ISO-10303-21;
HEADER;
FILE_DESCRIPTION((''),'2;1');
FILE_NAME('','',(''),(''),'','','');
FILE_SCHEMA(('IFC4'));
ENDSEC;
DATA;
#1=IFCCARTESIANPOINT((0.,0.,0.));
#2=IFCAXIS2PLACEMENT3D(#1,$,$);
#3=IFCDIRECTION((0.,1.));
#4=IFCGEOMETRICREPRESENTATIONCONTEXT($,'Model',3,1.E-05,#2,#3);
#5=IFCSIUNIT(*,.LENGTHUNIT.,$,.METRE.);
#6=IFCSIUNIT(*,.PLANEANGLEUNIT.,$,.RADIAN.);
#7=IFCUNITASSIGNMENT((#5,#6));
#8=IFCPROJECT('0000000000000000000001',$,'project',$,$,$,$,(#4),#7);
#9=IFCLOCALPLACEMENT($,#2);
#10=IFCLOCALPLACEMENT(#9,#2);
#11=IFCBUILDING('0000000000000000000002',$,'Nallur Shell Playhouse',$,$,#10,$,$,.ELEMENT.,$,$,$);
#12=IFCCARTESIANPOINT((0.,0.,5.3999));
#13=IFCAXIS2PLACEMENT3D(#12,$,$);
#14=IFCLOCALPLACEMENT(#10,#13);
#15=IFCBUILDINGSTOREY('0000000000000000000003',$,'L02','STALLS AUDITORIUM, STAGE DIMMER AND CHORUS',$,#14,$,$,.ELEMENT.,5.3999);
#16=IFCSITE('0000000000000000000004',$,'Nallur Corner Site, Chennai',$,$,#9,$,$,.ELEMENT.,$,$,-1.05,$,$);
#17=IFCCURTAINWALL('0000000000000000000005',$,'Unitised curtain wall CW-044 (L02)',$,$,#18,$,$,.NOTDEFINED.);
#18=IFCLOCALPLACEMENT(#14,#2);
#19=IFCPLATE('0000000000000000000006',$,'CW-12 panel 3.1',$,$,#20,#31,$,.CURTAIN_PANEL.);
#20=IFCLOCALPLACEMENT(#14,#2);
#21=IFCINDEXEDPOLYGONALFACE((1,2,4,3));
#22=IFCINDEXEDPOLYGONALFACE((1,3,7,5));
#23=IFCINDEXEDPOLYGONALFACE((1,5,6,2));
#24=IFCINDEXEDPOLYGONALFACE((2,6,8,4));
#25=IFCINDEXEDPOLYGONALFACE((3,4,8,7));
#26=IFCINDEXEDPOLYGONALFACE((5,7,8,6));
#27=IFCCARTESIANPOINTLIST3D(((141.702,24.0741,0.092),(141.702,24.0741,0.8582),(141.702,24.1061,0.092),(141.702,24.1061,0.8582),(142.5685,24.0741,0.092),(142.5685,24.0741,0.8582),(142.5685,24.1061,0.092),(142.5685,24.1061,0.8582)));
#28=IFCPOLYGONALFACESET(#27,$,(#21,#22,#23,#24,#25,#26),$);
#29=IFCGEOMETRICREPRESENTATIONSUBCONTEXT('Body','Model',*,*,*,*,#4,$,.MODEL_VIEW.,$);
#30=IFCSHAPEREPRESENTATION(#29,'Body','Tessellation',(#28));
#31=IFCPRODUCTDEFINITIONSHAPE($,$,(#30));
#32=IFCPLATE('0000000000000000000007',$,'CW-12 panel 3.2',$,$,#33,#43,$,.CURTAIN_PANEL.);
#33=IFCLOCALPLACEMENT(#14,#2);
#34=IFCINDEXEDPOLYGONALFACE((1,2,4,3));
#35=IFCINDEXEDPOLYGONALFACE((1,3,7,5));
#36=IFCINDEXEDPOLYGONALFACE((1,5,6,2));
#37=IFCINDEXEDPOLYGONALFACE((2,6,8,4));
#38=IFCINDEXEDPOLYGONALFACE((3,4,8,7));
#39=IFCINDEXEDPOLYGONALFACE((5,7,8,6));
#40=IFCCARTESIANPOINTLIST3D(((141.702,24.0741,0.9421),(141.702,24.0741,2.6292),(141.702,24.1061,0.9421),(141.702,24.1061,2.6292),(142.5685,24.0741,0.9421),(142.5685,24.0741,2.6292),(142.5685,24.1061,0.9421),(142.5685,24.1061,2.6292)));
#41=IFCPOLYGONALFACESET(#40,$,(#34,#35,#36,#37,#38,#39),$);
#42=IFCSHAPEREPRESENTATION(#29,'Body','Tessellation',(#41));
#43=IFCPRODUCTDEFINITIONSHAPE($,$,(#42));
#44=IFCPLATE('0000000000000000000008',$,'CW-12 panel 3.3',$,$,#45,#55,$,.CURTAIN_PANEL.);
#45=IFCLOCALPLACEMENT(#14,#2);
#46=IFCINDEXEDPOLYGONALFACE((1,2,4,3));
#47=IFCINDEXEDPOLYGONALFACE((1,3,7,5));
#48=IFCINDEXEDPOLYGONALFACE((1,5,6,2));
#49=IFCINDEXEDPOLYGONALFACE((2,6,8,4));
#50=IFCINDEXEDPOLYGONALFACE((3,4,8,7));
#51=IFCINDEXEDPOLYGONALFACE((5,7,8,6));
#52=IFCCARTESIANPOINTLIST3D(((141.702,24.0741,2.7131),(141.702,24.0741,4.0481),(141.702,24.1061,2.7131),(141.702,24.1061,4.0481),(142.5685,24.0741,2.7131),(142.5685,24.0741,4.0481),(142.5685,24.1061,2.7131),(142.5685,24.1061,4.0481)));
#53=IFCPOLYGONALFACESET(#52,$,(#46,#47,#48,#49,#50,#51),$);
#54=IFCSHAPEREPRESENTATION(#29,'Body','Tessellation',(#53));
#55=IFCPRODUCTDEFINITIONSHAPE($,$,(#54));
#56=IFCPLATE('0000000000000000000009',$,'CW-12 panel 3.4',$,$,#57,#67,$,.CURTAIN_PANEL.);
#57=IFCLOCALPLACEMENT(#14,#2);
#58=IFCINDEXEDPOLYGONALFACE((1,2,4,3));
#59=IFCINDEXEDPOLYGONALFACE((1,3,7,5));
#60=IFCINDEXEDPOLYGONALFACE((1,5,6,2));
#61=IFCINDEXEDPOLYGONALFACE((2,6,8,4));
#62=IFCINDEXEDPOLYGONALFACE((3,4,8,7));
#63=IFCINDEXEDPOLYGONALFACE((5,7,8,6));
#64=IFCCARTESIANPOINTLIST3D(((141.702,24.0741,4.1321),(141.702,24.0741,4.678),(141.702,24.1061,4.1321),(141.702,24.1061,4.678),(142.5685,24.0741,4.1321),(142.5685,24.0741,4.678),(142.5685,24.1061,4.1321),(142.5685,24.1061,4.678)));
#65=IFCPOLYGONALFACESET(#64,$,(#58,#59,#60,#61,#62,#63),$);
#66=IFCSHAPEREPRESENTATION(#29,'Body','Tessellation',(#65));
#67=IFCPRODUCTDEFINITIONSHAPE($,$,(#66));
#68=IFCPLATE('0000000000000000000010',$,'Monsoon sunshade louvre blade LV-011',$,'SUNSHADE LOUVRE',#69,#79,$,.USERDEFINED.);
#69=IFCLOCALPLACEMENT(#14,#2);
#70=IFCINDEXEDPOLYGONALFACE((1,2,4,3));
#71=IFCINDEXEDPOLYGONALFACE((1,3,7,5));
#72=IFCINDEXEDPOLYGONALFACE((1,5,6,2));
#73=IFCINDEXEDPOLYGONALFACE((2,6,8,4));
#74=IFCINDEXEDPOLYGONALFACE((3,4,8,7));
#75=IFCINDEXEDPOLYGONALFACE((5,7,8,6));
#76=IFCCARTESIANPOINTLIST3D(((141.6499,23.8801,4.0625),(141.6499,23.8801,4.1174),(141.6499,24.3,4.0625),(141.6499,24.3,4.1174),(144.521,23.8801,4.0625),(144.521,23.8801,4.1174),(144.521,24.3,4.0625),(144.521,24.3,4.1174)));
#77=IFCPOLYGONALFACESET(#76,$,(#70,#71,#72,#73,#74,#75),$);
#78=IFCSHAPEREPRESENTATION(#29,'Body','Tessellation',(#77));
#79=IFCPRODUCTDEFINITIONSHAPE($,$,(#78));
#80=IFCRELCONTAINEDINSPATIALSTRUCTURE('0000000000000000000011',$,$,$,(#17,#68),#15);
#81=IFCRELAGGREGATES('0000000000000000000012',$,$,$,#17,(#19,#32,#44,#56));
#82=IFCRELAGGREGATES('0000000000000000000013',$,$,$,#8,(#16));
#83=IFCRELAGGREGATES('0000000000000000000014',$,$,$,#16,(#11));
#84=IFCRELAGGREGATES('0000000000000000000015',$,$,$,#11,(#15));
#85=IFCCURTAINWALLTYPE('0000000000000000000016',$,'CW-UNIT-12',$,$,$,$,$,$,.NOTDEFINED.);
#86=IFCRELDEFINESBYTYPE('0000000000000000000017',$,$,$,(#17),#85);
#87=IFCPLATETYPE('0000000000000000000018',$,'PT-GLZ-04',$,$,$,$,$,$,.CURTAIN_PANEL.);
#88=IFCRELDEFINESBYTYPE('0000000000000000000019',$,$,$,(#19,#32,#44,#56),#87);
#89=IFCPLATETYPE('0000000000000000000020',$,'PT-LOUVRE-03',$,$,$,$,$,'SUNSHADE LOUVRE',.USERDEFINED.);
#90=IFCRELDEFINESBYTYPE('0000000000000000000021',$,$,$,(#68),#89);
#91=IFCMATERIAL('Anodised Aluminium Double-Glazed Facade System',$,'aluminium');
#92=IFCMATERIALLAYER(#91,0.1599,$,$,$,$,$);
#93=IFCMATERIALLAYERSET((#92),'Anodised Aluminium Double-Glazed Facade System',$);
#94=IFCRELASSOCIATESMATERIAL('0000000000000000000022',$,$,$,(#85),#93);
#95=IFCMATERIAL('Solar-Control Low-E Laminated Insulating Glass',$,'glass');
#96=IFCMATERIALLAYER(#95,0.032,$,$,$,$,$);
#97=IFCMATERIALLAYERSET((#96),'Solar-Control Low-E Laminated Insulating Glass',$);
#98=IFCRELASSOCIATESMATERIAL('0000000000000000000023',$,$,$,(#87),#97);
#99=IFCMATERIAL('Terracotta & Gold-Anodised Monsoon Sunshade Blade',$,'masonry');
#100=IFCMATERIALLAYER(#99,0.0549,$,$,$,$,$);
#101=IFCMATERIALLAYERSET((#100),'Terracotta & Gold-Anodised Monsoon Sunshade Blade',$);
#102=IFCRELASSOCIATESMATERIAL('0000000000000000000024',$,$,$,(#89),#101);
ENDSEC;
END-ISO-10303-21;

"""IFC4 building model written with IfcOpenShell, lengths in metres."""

from ifc_helpers import new_model, si_unit, direction, frame, origin, origin_2d, place, context, subcontext, project, spatial, rectangle, extrude, material, layer, layer_set, type_object, element, aggregate, save


model = new_model("IFC4")

# Units and contexts
model_context = context("Model", 3, precision=1e-05, world=origin(), true_north=direction((0.0, 1.0)))
body_context = subcontext(model_context, "Body", "Model", "MODEL_VIEW")
ifc_project = project(units=[si_unit("LENGTHUNIT", "METRE"), si_unit("PLANEANGLEUNIT", "RADIAN")], contexts=[model_context])

# Site, building, storey
site_placement = place(None, origin())
site = spatial("IfcSite", under=ifc_project, at=site_placement, Name="Nallur Corner Site, Chennai", CompositionType="ELEMENT", RefElevation=-1.05)
building_placement = place(site_placement, origin())
building = spatial("IfcBuilding", under=site, at=building_placement, Name="Nallur Shell Playhouse", CompositionType="ELEMENT")
storey_placement = place(building_placement, frame((0.0, 0.0, 5.3999)))
storey = spatial("IfcBuildingStorey", under=building, at=storey_placement, Name="L02", Description="STALLS AUDITORIUM, STAGE DIMMER AND CHORUS", CompositionType="ELEMENT", Elevation=5.3999)

# Curtain wall
ifc_material_1 = material(Name="Anodised Aluminium Double-Glazed Facade System", Category="aluminium")
ifc_layer_1 = layer(ifc_material_1, 0.1599)
ifc_layer_set_1 = layer_set([ifc_layer_1], Name="Anodised Aluminium Double-Glazed Facade System")
curtain_wall_type_1 = type_object("IfcCurtainWallType", Name="CW-UNIT-12", PredefinedType="NOTDEFINED", material=ifc_layer_set_1)
curtain_wall_1_placement = place(storey_placement, origin())
curtain_wall_1 = element("IfcCurtainWall", 1, at=curtain_wall_1_placement, inside=storey, type_object=curtain_wall_type_1, Name="Unitised curtain wall CW-044 (L02)", PredefinedType="NOTDEFINED")

# Plates
ifc_material_2 = material(Name="Solar-Control Low-E Laminated Insulating Glass", Category="glass")
ifc_layer_2 = layer(ifc_material_2, 0.032)
ifc_layer_set_2 = layer_set([ifc_layer_2], Name="Solar-Control Low-E Laminated Insulating Glass")
plate_type_1 = type_object("IfcPlateType", Name="PT-GLZ-04", PredefinedType="CURTAIN_PANEL", material=ifc_layer_set_2)
plate_1_placement = place(storey_placement, frame((142.1353, 24.0901, 0.092), z_axis=(0.0, 0.0, 1.0), x_axis=(-1.0, 0.0, 0.0)))
plate_1 = element("IfcPlate", 2, at=plate_1_placement, type_object=plate_type_1, Name="CW-12 panel 3.1", PredefinedType="CURTAIN_PANEL", context=body_context, shape_type="SweptSolid", body=[
    extrude(rectangle(XDim=0.8665, YDim=0.032, at=origin_2d()), origin(), (0.0, 0.0, 1.0), 0.7661),
])
plate_2_placement = place(storey_placement, frame((142.1353, 24.0901, 0.9421), z_axis=(0.0, 0.0, 1.0), x_axis=(-1.0, 0.0, 0.0)))
plate_2 = element("IfcPlate", 3, at=plate_2_placement, type_object=plate_type_1, Name="CW-12 panel 3.2", PredefinedType="CURTAIN_PANEL", context=body_context, shape_type="SweptSolid", body=[
    extrude(rectangle(XDim=0.8665, YDim=0.032, at=origin_2d()), origin(), (0.0, 0.0, 1.0), 1.687),
])
plate_3_placement = place(storey_placement, frame((142.1353, 24.0901, 2.7131), z_axis=(0.0, 0.0, 1.0), x_axis=(-1.0, 0.0, 0.0)))
plate_3 = element("IfcPlate", 4, at=plate_3_placement, type_object=plate_type_1, Name="CW-12 panel 3.3", PredefinedType="CURTAIN_PANEL", context=body_context, shape_type="SweptSolid", body=[
    extrude(rectangle(XDim=0.8665, YDim=0.032, at=origin_2d()), origin(), (0.0, 0.0, 1.0), 1.335),
])
plate_4_placement = place(storey_placement, frame((142.1353, 24.0901, 4.1321), z_axis=(0.0, 0.0, 1.0), x_axis=(-1.0, 0.0, 0.0)))
plate_4 = element("IfcPlate", 5, at=plate_4_placement, type_object=plate_type_1, Name="CW-12 panel 3.4", PredefinedType="CURTAIN_PANEL", context=body_context, shape_type="SweptSolid", body=[
    extrude(rectangle(XDim=0.8665, YDim=0.032, at=origin_2d()), origin(), (0.0, 0.0, 1.0), 0.5459),
])
aggregate(curtain_wall_1, [plate_1, plate_2, plate_3, plate_4])
ifc_material_3 = material(Name="Terracotta & Gold-Anodised Monsoon Sunshade Blade", Category="masonry")
ifc_layer_3 = layer(ifc_material_3, 0.0549)
ifc_layer_set_3 = layer_set([ifc_layer_3], Name="Terracotta & Gold-Anodised Monsoon Sunshade Blade")
plate_type_2 = type_object("IfcPlateType", Name="PT-LOUVRE-03", ElementType="SUNSHADE LOUVRE", PredefinedType="USERDEFINED", material=ifc_layer_set_3)
plate_5_placement = place(storey_placement, frame((143.0854, 24.0901, 4.0625), z_axis=(0.0, 0.0, 1.0), x_axis=(-1.0, 0.0, 0.0)))
element("IfcPlate", 6, at=plate_5_placement, inside=storey, type_object=plate_type_2, Name="Monsoon sunshade louvre blade LV-011", ObjectType="SUNSHADE LOUVRE", PredefinedType="USERDEFINED", context=body_context, shape_type="SweptSolid", body=[
    extrude(rectangle(XDim=2.8711, YDim=0.4199, at=origin_2d()), origin(), (0.0, 0.0, 1.0), 0.0549),
])

save(model, "model.ifc")
